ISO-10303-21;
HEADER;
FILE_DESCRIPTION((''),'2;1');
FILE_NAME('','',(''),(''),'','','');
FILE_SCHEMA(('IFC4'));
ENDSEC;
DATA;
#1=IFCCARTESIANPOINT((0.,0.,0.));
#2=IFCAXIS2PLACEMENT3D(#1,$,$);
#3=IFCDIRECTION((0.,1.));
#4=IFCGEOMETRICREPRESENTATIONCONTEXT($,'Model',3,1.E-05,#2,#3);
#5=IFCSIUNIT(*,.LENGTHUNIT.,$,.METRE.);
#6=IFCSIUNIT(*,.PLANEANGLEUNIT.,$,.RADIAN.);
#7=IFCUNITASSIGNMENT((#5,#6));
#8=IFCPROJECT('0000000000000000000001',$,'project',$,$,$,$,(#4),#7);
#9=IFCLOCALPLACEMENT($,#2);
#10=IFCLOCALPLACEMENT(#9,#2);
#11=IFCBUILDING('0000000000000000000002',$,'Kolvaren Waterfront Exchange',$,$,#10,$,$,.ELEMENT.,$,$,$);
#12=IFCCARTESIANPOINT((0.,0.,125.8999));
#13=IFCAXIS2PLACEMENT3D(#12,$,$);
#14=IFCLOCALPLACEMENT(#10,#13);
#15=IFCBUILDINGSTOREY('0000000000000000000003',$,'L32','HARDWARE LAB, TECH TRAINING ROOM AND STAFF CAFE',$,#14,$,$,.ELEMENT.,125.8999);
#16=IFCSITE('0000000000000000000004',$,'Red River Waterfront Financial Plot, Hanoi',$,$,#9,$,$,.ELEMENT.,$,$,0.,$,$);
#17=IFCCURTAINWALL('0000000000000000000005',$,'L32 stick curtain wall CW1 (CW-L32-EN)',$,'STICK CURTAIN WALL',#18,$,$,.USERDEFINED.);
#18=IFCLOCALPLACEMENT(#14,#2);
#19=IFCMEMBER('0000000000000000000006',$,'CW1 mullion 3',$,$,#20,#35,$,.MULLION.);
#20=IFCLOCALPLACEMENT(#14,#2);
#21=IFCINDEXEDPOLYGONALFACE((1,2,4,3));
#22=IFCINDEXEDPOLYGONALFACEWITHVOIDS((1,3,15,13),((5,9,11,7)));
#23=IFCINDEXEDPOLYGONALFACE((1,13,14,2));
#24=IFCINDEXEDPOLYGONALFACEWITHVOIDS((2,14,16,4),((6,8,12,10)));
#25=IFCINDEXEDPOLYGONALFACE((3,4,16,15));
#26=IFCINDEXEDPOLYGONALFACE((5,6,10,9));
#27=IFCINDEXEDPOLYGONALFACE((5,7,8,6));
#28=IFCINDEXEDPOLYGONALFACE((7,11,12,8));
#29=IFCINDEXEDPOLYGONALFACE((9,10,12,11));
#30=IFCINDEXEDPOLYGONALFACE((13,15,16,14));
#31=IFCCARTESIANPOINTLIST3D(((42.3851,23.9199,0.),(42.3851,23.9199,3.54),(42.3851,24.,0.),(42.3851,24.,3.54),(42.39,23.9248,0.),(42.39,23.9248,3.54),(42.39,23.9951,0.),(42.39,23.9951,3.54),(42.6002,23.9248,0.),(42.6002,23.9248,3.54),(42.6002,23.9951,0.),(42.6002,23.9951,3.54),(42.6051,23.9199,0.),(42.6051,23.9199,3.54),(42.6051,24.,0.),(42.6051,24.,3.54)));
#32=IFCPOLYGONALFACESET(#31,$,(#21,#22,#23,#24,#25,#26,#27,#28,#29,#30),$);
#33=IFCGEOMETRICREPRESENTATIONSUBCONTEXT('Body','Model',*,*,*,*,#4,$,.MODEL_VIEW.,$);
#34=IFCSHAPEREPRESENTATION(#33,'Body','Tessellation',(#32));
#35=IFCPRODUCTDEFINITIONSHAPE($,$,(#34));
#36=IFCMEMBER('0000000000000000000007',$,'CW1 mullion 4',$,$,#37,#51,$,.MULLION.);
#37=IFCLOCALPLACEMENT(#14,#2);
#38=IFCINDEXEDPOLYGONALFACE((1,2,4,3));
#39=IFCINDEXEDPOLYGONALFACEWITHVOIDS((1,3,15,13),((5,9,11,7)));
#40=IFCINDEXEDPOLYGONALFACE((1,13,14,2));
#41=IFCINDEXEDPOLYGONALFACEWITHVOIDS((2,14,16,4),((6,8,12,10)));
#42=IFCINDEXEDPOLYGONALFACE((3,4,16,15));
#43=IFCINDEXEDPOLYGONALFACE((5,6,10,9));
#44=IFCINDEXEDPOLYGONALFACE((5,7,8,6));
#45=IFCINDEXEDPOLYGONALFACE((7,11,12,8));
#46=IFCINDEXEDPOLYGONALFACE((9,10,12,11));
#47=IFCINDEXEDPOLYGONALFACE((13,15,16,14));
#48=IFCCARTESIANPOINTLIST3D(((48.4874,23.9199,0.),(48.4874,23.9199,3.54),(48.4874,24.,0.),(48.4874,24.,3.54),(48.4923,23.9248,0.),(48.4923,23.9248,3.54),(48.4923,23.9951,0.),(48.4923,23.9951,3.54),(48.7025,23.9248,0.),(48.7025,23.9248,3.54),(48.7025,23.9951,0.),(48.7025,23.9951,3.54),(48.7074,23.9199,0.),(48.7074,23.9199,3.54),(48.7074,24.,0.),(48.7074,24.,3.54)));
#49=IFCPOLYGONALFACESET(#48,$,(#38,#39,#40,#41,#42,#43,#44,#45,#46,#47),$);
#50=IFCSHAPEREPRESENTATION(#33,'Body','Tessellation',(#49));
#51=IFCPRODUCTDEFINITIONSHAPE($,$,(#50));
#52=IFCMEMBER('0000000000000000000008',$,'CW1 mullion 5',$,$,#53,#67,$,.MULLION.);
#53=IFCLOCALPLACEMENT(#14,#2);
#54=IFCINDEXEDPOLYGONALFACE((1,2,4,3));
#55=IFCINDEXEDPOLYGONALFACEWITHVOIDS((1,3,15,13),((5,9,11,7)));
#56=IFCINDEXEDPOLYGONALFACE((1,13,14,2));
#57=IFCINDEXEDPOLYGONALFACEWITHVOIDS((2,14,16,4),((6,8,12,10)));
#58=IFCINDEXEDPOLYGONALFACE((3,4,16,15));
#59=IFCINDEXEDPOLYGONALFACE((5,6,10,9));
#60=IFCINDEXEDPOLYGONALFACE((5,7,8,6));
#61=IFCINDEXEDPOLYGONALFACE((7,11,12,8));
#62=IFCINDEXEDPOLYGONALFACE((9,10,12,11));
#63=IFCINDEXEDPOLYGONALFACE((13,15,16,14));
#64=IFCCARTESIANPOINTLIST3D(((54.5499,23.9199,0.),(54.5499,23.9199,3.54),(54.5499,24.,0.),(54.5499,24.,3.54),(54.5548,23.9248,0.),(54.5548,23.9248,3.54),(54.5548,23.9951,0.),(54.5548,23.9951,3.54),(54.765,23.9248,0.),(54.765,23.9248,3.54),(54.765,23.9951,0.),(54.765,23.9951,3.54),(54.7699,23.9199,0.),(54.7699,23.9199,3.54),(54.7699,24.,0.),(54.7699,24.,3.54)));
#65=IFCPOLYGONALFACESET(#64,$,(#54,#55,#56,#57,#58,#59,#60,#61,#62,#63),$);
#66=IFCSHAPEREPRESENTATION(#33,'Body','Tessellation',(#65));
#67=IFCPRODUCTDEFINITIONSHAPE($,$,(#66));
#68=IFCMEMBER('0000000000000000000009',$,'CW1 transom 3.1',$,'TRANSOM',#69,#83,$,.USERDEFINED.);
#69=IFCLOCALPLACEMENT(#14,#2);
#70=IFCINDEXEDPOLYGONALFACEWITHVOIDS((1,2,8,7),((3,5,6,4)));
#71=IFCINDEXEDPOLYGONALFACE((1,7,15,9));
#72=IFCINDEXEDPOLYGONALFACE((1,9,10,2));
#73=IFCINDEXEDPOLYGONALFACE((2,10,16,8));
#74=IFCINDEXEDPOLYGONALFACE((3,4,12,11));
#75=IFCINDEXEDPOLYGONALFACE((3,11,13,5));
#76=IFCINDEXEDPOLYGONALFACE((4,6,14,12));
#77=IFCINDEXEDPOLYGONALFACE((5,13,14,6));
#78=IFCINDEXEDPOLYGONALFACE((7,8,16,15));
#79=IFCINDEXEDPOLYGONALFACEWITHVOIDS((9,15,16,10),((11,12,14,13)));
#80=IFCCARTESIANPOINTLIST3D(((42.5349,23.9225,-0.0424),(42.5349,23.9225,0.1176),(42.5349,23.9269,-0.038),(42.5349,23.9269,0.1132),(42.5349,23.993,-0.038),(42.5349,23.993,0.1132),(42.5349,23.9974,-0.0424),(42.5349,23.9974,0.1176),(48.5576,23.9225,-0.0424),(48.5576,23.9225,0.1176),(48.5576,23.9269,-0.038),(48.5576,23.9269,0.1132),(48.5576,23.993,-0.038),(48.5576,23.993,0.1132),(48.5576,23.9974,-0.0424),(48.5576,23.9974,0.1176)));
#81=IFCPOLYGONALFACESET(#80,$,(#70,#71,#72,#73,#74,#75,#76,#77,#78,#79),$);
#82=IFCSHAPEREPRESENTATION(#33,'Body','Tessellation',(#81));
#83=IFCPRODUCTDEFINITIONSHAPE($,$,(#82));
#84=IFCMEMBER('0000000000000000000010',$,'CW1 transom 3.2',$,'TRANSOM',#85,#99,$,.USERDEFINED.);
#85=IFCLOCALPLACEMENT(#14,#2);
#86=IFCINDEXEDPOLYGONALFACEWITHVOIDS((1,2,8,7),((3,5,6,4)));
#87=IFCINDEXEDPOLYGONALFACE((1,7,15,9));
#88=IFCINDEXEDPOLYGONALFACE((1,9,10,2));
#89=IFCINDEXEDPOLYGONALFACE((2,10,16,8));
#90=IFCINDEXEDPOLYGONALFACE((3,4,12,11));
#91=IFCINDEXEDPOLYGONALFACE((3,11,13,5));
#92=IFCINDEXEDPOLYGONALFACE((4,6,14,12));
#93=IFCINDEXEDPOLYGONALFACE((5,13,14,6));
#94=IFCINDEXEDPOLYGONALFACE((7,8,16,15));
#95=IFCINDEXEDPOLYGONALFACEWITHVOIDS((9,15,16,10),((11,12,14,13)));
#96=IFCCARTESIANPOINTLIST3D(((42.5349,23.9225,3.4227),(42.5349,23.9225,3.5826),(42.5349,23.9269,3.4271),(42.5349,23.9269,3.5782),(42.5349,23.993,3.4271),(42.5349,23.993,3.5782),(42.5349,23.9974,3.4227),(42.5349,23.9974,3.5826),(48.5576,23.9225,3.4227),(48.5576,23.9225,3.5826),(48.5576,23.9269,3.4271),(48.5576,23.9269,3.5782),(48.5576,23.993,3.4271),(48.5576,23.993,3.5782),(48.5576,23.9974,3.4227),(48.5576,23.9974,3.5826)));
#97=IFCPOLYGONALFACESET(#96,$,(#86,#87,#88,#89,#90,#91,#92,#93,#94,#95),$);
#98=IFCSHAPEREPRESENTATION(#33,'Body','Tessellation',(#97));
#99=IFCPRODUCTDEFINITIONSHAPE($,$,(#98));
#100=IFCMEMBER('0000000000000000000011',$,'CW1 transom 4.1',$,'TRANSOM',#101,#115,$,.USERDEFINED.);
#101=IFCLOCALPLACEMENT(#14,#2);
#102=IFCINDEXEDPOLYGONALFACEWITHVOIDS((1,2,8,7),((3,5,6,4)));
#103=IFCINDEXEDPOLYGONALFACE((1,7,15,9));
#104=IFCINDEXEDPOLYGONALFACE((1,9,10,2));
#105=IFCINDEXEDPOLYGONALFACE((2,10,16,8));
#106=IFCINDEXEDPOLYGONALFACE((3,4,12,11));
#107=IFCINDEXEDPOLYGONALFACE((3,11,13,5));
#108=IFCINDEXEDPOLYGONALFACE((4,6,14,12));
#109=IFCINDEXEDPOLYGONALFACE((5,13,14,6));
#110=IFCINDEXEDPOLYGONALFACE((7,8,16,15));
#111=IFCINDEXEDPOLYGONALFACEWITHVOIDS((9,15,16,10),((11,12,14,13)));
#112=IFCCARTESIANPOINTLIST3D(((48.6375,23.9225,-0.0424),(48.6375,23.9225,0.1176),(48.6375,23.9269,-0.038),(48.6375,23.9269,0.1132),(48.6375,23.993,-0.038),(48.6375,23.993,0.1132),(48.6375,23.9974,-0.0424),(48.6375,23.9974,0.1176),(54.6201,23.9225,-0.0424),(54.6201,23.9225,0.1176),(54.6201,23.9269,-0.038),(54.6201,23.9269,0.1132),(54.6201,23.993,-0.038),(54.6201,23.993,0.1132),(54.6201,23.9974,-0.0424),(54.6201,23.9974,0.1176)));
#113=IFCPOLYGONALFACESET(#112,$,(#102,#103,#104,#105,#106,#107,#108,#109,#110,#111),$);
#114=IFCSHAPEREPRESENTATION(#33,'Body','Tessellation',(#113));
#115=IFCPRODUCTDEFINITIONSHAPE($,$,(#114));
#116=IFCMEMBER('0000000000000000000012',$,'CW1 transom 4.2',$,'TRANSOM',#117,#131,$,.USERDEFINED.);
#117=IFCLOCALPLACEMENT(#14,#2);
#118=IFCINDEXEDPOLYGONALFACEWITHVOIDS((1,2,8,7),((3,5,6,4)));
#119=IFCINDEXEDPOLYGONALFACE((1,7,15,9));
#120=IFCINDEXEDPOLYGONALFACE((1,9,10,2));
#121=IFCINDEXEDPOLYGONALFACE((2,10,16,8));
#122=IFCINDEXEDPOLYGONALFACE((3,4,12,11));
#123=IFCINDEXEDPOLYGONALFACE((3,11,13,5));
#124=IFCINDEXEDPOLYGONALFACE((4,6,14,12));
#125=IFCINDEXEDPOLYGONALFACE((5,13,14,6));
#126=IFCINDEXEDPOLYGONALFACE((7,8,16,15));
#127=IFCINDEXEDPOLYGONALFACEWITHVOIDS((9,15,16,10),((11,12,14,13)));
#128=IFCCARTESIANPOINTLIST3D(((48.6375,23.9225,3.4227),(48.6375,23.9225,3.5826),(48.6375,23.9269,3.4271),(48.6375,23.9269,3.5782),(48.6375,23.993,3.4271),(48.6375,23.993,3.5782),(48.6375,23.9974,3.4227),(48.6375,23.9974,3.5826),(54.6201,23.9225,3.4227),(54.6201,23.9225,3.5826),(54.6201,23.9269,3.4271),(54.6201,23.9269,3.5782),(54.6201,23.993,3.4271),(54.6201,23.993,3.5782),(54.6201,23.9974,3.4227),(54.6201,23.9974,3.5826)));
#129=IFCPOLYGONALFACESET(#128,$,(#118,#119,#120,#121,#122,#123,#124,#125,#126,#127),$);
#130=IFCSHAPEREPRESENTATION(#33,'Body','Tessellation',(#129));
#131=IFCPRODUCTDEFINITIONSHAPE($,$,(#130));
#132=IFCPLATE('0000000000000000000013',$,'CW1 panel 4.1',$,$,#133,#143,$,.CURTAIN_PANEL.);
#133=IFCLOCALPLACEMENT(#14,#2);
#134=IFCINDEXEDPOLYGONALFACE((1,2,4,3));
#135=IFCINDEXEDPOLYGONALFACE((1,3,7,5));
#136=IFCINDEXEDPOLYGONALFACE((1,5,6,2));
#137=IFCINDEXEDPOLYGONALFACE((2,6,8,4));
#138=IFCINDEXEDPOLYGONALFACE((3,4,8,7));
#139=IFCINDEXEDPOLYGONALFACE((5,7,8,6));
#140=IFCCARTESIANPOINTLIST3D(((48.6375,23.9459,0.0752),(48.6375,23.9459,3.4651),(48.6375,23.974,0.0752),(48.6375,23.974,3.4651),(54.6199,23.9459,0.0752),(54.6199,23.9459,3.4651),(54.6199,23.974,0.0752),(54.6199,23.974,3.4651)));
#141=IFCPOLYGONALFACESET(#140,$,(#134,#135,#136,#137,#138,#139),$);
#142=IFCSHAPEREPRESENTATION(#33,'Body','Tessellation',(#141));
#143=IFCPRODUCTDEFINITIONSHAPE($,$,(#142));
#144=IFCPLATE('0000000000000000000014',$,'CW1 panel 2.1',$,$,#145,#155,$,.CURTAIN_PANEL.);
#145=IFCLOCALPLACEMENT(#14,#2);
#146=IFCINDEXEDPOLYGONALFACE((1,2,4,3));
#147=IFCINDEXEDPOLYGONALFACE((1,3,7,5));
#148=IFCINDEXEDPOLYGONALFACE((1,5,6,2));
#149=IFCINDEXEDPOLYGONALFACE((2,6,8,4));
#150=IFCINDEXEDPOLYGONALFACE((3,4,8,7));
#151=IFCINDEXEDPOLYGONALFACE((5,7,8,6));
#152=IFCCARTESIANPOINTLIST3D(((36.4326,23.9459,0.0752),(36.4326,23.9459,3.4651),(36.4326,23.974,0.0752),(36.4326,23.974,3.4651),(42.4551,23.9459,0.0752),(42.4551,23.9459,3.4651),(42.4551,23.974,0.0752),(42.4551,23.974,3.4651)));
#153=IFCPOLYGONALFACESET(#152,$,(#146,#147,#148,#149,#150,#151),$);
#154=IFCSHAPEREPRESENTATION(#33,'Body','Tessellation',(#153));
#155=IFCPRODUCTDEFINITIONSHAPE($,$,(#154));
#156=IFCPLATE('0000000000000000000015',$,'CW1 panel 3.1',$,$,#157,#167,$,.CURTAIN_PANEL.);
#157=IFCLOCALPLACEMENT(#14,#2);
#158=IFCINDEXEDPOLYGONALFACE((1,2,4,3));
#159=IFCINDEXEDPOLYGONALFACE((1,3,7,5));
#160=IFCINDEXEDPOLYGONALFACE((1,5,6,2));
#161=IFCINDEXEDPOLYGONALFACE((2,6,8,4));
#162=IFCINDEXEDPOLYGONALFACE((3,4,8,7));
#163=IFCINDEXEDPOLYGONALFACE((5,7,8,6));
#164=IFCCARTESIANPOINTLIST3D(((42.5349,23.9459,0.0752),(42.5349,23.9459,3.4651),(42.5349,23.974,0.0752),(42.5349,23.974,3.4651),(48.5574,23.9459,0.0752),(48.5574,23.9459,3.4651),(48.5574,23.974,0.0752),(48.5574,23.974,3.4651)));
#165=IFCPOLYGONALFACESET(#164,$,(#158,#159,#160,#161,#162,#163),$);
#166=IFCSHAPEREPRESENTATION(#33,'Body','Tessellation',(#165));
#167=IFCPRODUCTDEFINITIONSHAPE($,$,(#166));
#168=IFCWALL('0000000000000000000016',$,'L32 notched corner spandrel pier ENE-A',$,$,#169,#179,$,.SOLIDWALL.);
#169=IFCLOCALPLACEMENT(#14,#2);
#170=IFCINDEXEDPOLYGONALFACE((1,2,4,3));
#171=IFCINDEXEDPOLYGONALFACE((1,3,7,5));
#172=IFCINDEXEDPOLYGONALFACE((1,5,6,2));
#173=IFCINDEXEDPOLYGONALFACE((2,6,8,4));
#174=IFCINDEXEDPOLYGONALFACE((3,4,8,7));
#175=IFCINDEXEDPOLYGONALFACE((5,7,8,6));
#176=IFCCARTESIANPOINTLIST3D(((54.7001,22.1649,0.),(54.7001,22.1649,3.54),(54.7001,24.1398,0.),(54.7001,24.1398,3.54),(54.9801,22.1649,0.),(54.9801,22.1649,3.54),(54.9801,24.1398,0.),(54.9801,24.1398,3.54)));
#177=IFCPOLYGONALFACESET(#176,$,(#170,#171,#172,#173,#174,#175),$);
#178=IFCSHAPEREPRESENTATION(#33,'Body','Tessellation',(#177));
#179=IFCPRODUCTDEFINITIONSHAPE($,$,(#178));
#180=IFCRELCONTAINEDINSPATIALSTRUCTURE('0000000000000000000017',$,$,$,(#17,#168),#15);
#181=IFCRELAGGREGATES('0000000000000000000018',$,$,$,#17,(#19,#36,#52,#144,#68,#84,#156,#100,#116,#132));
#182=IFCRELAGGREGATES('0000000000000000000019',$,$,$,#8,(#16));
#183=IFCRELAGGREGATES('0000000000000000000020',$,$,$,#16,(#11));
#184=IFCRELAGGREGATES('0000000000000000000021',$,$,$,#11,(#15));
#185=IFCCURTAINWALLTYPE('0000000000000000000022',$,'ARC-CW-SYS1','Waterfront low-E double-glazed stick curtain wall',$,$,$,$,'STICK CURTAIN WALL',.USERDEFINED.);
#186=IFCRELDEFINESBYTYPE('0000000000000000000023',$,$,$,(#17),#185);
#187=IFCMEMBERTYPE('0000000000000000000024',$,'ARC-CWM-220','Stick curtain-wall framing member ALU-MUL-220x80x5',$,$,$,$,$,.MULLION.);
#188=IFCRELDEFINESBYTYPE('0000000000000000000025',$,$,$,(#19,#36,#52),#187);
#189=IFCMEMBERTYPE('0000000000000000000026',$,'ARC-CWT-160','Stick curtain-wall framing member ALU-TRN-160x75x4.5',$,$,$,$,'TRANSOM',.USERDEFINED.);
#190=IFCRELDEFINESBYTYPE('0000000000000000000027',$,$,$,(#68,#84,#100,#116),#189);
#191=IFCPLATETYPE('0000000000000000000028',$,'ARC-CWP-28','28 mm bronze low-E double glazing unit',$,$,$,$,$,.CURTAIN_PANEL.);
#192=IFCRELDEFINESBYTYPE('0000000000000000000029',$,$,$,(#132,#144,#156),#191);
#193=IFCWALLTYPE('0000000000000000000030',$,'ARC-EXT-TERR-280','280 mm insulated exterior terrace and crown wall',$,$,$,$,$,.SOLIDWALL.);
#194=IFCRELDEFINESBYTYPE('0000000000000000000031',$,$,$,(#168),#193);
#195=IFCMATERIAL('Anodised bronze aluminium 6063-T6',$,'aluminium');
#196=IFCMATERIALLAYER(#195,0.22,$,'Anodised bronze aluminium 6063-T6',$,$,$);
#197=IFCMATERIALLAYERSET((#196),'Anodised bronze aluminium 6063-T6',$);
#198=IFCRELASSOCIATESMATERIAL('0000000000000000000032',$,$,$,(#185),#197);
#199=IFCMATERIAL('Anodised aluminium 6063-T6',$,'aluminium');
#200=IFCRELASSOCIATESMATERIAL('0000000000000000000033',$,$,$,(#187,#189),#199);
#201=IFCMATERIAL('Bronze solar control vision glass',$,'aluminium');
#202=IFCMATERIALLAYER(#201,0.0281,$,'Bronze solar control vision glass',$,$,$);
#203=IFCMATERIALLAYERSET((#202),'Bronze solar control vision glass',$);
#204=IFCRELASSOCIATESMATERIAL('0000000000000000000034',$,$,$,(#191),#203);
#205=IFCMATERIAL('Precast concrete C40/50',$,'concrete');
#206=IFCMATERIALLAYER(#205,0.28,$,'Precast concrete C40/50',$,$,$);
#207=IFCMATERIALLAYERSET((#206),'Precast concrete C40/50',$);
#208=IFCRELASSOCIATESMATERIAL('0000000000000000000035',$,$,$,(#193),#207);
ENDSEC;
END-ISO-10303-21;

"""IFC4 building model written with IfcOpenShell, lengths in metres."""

from ifc_helpers import new_model, si_unit, direction, frame, frame_2d, origin, origin_with_axes, origin_2d, place, context, subcontext, project, spatial, rectangle, hollow_rectangle, extrude, source, transform, mapped, material, layer, layer_set, material_profile, profile_set, type_object, element, aggregate, save


model = new_model("IFC4")

# Units and contexts
model_context = context("Model", 3, precision=1e-05, world=origin(), true_north=direction((0.0, 1.0)))
body_context = subcontext(model_context, "Body", "Model", "MODEL_VIEW")
ifc_project = project(units=[si_unit("LENGTHUNIT", "METRE"), si_unit("PLANEANGLEUNIT", "RADIAN")], contexts=[model_context])

# Site, building, storey
site_placement = place(None, origin())
site = spatial("IfcSite", under=ifc_project, at=site_placement, Name="Red River Waterfront Financial Plot, Hanoi", CompositionType="ELEMENT", RefElevation=0.0)
building_placement = place(site_placement, origin())
building = spatial("IfcBuilding", under=site, at=building_placement, Name="Kolvaren Waterfront Exchange", CompositionType="ELEMENT")
storey_placement = place(building_placement, frame((0.0, 0.0, 125.8999)))
storey = spatial("IfcBuildingStorey", under=building, at=storey_placement, Name="L32", Description="HARDWARE LAB, TECH TRAINING ROOM AND STAFF CAFE", CompositionType="ELEMENT", Elevation=125.8999)

# Curtain wall, members, plates
ifc_material_1 = material(Name="Anodised bronze aluminium 6063-T6", Category="aluminium")
ifc_layer_1 = layer(ifc_material_1, 0.22, Name="Anodised bronze aluminium 6063-T6")
ifc_layer_set_1 = layer_set([ifc_layer_1], Name="Anodised bronze aluminium 6063-T6")
curtain_wall_type = type_object("IfcCurtainWallType", Name="ARC-CW-SYS1", Description="Waterfront low-E double-glazed stick curtain wall", ElementType="STICK CURTAIN WALL", PredefinedType="USERDEFINED", material=ifc_layer_set_1)
curtain_wall_placement = place(storey_placement, origin())
curtain_wall = element("IfcCurtainWall", 1, at=curtain_wall_placement, inside=storey, type_object=curtain_wall_type, Name="L32 stick curtain wall CW1 (CW-L32-EN)", ObjectType="STICK CURTAIN WALL", PredefinedType="USERDEFINED")
ifc_material_2 = material(Name="Anodised aluminium 6063-T6", Category="aluminium")
ifc_material_profile_1 = material_profile(ifc_material_2, hollow_rectangle(XDim=0.0801, YDim=0.22, WallThickness=0.0049, at=origin_2d()), Name="ALU-MUL-220x80x5")
ifc_profile_set_1 = profile_set([ifc_material_profile_1], Name="Anodised aluminium 6063-T6")
member_type_1 = type_object("IfcMemberType", Name="ARC-CWM-220", Description="Stick curtain-wall framing member ALU-MUL-220x80x5", PredefinedType="MULLION", material=ifc_profile_set_1)
shared_shape_1 = source(origin_with_axes(), body_context, "Body", "SweptSolid", [
    extrude(hollow_rectangle(XDim=0.0801, YDim=0.22, WallThickness=0.0049, at=origin_2d()), origin(), (0.0, 0.0, 1.0), 3.54),
])
member_1_placement = place(storey_placement, frame((42.4951, 23.96, 0.0), z_axis=(0.0, 0.0, 1.0), x_axis=(0.0, 1.0, 0.0)))
member_1 = element("IfcMember", 2, at=member_1_placement, type_object=member_type_1, Name="CW1 mullion 3", PredefinedType="MULLION", context=body_context, shape_type="MappedRepresentation", body=[
    mapped(shared_shape_1, transform((0.0, 0.0, 0.0), x_axis=(1.0, 0.0, 0.0), y_axis=(0.0, 1.0, 0.0), z_axis=(0.0, 0.0, 1.0), scale=1.0)),
])
member_2_placement = place(storey_placement, frame((48.5974, 23.96, 0.0), z_axis=(0.0, 0.0, 1.0), x_axis=(0.0, 1.0, 0.0)))
member_2 = element("IfcMember", 3, at=member_2_placement, type_object=member_type_1, Name="CW1 mullion 4", PredefinedType="MULLION", context=body_context, shape_type="MappedRepresentation", body=[
    mapped(shared_shape_1, transform((0.0, 0.0, 0.0), x_axis=(1.0, 0.0, 0.0), y_axis=(0.0, 1.0, 0.0), z_axis=(0.0, 0.0, 1.0), scale=1.0)),
])
member_3_placement = place(storey_placement, frame((54.6599, 23.96, 0.0), z_axis=(0.0, 0.0, 1.0), x_axis=(0.0, 1.0, 0.0)))
member_3 = element("IfcMember", 4, at=member_3_placement, type_object=member_type_1, Name="CW1 mullion 5", PredefinedType="MULLION", context=body_context, shape_type="MappedRepresentation", body=[
    mapped(shared_shape_1, transform((0.0, 0.0, 0.0), x_axis=(1.0, 0.0, 0.0), y_axis=(0.0, 1.0, 0.0), z_axis=(0.0, 0.0, 1.0), scale=1.0)),
])
ifc_material_profile_2 = material_profile(ifc_material_2, hollow_rectangle(XDim=0.075, YDim=0.1599, WallThickness=0.0044, at=origin_2d()), Name="ALU-TRN-160x75x4.5")
ifc_profile_set_2 = profile_set([ifc_material_profile_2], Name="Anodised aluminium 6063-T6")
member_type_2 = type_object("IfcMemberType", Name="ARC-CWT-160", Description="Stick curtain-wall framing member ALU-TRN-160x75x4.5", ElementType="TRANSOM", PredefinedType="USERDEFINED", material=ifc_profile_set_2)
shared_shape_2 = source(origin_with_axes(), body_context, "Body", "SweptSolid", [
    extrude(hollow_rectangle(XDim=0.075, YDim=0.1599, WallThickness=0.0044, at=origin_2d()), origin(), (0.0, 0.0, 1.0), 6.0227),
])
member_4_placement = place(storey_placement, frame((42.5349, 23.96, 0.0376), z_axis=(1.0, 0.0, 0.0), x_axis=(0.0, 1.0, 0.0)))
member_4 = element("IfcMember", 5, at=member_4_placement, type_object=member_type_2, Name="CW1 transom 3.1", ObjectType="TRANSOM", PredefinedType="USERDEFINED", context=body_context, shape_type="MappedRepresentation", body=[
    mapped(shared_shape_2, transform((0.0, 0.0, 0.0), x_axis=(1.0, 0.0, 0.0), y_axis=(0.0, 1.0, 0.0), z_axis=(0.0, 0.0, 1.0), scale=1.0)),
])
member_5_placement = place(storey_placement, frame((42.5349, 23.96, 3.5027), z_axis=(1.0, 0.0, 0.0), x_axis=(0.0, 1.0, 0.0)))
member_5 = element("IfcMember", 6, at=member_5_placement, type_object=member_type_2, Name="CW1 transom 3.2", ObjectType="TRANSOM", PredefinedType="USERDEFINED", context=body_context, shape_type="MappedRepresentation", body=[
    mapped(shared_shape_2, transform((0.0, 0.0, 0.0), x_axis=(1.0, 0.0, 0.0), y_axis=(0.0, 1.0, 0.0), z_axis=(0.0, 0.0, 1.0), scale=1.0)),
])
shared_shape_3 = source(origin_with_axes(), body_context, "Body", "SweptSolid", [
    extrude(hollow_rectangle(XDim=0.075, YDim=0.1599, WallThickness=0.0044, at=origin_2d()), origin(), (0.0, 0.0, 1.0), 5.9827),
])
member_6_placement = place(storey_placement, frame((48.6375, 23.96, 0.0376), z_axis=(1.0, 0.0, 0.0), x_axis=(0.0, 1.0, 0.0)))
member_6 = element("IfcMember", 7, at=member_6_placement, type_object=member_type_2, Name="CW1 transom 4.1", ObjectType="TRANSOM", PredefinedType="USERDEFINED", context=body_context, shape_type="MappedRepresentation", body=[
    mapped(shared_shape_3, transform((0.0, 0.0, 0.0), x_axis=(1.0, 0.0, 0.0), y_axis=(0.0, 1.0, 0.0), z_axis=(0.0, 0.0, 1.0), scale=1.0)),
])
member_7_placement = place(storey_placement, frame((48.6375, 23.96, 3.5027), z_axis=(1.0, 0.0, 0.0), x_axis=(0.0, 1.0, 0.0)))
member_7 = element("IfcMember", 8, at=member_7_placement, type_object=member_type_2, Name="CW1 transom 4.2", ObjectType="TRANSOM", PredefinedType="USERDEFINED", context=body_context, shape_type="MappedRepresentation", body=[
    mapped(shared_shape_3, transform((0.0, 0.0, 0.0), x_axis=(1.0, 0.0, 0.0), y_axis=(0.0, 1.0, 0.0), z_axis=(0.0, 0.0, 1.0), scale=1.0)),
])
ifc_material_3 = material(Name="Bronze solar control vision glass", Category="aluminium")
ifc_layer_2 = layer(ifc_material_3, 0.0281, Name="Bronze solar control vision glass")
ifc_layer_set_2 = layer_set([ifc_layer_2], Name="Bronze solar control vision glass")
plate_type = type_object("IfcPlateType", Name="ARC-CWP-28", Description="28 mm bronze low-E double glazing unit", PredefinedType="CURTAIN_PANEL", material=ifc_layer_set_2)
shared_shape_4 = source(origin_with_axes(), body_context, "Body", "SweptSolid", [
    extrude(rectangle(XDim=5.9824, YDim=0.0281, at=origin_2d()), origin(), (0.0, 0.0, 1.0), 3.3899),
])
plate_1_placement = place(storey_placement, frame((51.6287, 23.96, 0.0752), z_axis=(0.0, 0.0, 1.0), x_axis=(1.0, 0.0, 0.0)))
plate_1 = element("IfcPlate", 9, at=plate_1_placement, type_object=plate_type, Name="CW1 panel 4.1", PredefinedType="CURTAIN_PANEL", context=body_context, shape_type="MappedRepresentation", body=[
    mapped(shared_shape_4, transform((0.0, 0.0, 0.0), x_axis=(1.0, 0.0, 0.0), y_axis=(0.0, 1.0, 0.0), z_axis=(0.0, 0.0, 1.0), scale=1.0)),
])
shared_shape_5 = source(origin_with_axes(), body_context, "Body", "SweptSolid", [
    extrude(rectangle(XDim=6.0225, YDim=0.0281, at=origin_2d()), origin(), (0.0, 0.0, 1.0), 3.3899),
])
plate_2_placement = place(storey_placement, frame((39.4438, 23.96, 0.0752), z_axis=(0.0, 0.0, 1.0), x_axis=(1.0, 0.0, 0.0)))
plate_2 = element("IfcPlate", 10, at=plate_2_placement, type_object=plate_type, Name="CW1 panel 2.1", PredefinedType="CURTAIN_PANEL", context=body_context, shape_type="MappedRepresentation", body=[
    mapped(shared_shape_5, transform((0.0, 0.0, 0.0), x_axis=(1.0, 0.0, 0.0), y_axis=(0.0, 1.0, 0.0), z_axis=(0.0, 0.0, 1.0), scale=1.0)),
])
plate_3_placement = place(storey_placement, frame((45.5461, 23.96, 0.0752), z_axis=(0.0, 0.0, 1.0), x_axis=(1.0, 0.0, 0.0)))
plate_3 = element("IfcPlate", 11, at=plate_3_placement, type_object=plate_type, Name="CW1 panel 3.1", PredefinedType="CURTAIN_PANEL", context=body_context, shape_type="MappedRepresentation", body=[
    mapped(shared_shape_5, transform((0.0, 0.0, 0.0), x_axis=(1.0, 0.0, 0.0), y_axis=(0.0, 1.0, 0.0), z_axis=(0.0, 0.0, 1.0), scale=1.0)),
])
aggregate(curtain_wall, [member_1, member_2, member_3, plate_2, member_4, member_5, plate_3, member_6, member_7, plate_1])

# Wall
ifc_material_4 = material(Name="Precast concrete C40/50", Category="concrete")
ifc_layer_3 = layer(ifc_material_4, 0.28, Name="Precast concrete C40/50")
ifc_layer_set_3 = layer_set([ifc_layer_3], Name="Precast concrete C40/50")
wall_type_1 = type_object("IfcWallType", Name="ARC-EXT-TERR-280", Description="280 mm insulated exterior terrace and crown wall", PredefinedType="SOLIDWALL", material=ifc_layer_set_3)
wall_1_placement = place(storey_placement, frame((54.8401, 22.165, 0.0), z_axis=(0.0, 0.0, 1.0), x_axis=(0.0, 1.0, 0.0)))
element("IfcWall", 12, at=wall_1_placement, inside=storey, type_object=wall_type_1, Name="L32 notched corner spandrel pier ENE-A", PredefinedType="SOLIDWALL", context=body_context, shape_type="SweptSolid", body=[
    extrude(rectangle(XDim=1.9749, YDim=0.28, at=frame_2d((0.9873, 0.0))), origin(), (0.0, 0.0, 1.0), 3.54),
])

save(model, "model.ifc")
